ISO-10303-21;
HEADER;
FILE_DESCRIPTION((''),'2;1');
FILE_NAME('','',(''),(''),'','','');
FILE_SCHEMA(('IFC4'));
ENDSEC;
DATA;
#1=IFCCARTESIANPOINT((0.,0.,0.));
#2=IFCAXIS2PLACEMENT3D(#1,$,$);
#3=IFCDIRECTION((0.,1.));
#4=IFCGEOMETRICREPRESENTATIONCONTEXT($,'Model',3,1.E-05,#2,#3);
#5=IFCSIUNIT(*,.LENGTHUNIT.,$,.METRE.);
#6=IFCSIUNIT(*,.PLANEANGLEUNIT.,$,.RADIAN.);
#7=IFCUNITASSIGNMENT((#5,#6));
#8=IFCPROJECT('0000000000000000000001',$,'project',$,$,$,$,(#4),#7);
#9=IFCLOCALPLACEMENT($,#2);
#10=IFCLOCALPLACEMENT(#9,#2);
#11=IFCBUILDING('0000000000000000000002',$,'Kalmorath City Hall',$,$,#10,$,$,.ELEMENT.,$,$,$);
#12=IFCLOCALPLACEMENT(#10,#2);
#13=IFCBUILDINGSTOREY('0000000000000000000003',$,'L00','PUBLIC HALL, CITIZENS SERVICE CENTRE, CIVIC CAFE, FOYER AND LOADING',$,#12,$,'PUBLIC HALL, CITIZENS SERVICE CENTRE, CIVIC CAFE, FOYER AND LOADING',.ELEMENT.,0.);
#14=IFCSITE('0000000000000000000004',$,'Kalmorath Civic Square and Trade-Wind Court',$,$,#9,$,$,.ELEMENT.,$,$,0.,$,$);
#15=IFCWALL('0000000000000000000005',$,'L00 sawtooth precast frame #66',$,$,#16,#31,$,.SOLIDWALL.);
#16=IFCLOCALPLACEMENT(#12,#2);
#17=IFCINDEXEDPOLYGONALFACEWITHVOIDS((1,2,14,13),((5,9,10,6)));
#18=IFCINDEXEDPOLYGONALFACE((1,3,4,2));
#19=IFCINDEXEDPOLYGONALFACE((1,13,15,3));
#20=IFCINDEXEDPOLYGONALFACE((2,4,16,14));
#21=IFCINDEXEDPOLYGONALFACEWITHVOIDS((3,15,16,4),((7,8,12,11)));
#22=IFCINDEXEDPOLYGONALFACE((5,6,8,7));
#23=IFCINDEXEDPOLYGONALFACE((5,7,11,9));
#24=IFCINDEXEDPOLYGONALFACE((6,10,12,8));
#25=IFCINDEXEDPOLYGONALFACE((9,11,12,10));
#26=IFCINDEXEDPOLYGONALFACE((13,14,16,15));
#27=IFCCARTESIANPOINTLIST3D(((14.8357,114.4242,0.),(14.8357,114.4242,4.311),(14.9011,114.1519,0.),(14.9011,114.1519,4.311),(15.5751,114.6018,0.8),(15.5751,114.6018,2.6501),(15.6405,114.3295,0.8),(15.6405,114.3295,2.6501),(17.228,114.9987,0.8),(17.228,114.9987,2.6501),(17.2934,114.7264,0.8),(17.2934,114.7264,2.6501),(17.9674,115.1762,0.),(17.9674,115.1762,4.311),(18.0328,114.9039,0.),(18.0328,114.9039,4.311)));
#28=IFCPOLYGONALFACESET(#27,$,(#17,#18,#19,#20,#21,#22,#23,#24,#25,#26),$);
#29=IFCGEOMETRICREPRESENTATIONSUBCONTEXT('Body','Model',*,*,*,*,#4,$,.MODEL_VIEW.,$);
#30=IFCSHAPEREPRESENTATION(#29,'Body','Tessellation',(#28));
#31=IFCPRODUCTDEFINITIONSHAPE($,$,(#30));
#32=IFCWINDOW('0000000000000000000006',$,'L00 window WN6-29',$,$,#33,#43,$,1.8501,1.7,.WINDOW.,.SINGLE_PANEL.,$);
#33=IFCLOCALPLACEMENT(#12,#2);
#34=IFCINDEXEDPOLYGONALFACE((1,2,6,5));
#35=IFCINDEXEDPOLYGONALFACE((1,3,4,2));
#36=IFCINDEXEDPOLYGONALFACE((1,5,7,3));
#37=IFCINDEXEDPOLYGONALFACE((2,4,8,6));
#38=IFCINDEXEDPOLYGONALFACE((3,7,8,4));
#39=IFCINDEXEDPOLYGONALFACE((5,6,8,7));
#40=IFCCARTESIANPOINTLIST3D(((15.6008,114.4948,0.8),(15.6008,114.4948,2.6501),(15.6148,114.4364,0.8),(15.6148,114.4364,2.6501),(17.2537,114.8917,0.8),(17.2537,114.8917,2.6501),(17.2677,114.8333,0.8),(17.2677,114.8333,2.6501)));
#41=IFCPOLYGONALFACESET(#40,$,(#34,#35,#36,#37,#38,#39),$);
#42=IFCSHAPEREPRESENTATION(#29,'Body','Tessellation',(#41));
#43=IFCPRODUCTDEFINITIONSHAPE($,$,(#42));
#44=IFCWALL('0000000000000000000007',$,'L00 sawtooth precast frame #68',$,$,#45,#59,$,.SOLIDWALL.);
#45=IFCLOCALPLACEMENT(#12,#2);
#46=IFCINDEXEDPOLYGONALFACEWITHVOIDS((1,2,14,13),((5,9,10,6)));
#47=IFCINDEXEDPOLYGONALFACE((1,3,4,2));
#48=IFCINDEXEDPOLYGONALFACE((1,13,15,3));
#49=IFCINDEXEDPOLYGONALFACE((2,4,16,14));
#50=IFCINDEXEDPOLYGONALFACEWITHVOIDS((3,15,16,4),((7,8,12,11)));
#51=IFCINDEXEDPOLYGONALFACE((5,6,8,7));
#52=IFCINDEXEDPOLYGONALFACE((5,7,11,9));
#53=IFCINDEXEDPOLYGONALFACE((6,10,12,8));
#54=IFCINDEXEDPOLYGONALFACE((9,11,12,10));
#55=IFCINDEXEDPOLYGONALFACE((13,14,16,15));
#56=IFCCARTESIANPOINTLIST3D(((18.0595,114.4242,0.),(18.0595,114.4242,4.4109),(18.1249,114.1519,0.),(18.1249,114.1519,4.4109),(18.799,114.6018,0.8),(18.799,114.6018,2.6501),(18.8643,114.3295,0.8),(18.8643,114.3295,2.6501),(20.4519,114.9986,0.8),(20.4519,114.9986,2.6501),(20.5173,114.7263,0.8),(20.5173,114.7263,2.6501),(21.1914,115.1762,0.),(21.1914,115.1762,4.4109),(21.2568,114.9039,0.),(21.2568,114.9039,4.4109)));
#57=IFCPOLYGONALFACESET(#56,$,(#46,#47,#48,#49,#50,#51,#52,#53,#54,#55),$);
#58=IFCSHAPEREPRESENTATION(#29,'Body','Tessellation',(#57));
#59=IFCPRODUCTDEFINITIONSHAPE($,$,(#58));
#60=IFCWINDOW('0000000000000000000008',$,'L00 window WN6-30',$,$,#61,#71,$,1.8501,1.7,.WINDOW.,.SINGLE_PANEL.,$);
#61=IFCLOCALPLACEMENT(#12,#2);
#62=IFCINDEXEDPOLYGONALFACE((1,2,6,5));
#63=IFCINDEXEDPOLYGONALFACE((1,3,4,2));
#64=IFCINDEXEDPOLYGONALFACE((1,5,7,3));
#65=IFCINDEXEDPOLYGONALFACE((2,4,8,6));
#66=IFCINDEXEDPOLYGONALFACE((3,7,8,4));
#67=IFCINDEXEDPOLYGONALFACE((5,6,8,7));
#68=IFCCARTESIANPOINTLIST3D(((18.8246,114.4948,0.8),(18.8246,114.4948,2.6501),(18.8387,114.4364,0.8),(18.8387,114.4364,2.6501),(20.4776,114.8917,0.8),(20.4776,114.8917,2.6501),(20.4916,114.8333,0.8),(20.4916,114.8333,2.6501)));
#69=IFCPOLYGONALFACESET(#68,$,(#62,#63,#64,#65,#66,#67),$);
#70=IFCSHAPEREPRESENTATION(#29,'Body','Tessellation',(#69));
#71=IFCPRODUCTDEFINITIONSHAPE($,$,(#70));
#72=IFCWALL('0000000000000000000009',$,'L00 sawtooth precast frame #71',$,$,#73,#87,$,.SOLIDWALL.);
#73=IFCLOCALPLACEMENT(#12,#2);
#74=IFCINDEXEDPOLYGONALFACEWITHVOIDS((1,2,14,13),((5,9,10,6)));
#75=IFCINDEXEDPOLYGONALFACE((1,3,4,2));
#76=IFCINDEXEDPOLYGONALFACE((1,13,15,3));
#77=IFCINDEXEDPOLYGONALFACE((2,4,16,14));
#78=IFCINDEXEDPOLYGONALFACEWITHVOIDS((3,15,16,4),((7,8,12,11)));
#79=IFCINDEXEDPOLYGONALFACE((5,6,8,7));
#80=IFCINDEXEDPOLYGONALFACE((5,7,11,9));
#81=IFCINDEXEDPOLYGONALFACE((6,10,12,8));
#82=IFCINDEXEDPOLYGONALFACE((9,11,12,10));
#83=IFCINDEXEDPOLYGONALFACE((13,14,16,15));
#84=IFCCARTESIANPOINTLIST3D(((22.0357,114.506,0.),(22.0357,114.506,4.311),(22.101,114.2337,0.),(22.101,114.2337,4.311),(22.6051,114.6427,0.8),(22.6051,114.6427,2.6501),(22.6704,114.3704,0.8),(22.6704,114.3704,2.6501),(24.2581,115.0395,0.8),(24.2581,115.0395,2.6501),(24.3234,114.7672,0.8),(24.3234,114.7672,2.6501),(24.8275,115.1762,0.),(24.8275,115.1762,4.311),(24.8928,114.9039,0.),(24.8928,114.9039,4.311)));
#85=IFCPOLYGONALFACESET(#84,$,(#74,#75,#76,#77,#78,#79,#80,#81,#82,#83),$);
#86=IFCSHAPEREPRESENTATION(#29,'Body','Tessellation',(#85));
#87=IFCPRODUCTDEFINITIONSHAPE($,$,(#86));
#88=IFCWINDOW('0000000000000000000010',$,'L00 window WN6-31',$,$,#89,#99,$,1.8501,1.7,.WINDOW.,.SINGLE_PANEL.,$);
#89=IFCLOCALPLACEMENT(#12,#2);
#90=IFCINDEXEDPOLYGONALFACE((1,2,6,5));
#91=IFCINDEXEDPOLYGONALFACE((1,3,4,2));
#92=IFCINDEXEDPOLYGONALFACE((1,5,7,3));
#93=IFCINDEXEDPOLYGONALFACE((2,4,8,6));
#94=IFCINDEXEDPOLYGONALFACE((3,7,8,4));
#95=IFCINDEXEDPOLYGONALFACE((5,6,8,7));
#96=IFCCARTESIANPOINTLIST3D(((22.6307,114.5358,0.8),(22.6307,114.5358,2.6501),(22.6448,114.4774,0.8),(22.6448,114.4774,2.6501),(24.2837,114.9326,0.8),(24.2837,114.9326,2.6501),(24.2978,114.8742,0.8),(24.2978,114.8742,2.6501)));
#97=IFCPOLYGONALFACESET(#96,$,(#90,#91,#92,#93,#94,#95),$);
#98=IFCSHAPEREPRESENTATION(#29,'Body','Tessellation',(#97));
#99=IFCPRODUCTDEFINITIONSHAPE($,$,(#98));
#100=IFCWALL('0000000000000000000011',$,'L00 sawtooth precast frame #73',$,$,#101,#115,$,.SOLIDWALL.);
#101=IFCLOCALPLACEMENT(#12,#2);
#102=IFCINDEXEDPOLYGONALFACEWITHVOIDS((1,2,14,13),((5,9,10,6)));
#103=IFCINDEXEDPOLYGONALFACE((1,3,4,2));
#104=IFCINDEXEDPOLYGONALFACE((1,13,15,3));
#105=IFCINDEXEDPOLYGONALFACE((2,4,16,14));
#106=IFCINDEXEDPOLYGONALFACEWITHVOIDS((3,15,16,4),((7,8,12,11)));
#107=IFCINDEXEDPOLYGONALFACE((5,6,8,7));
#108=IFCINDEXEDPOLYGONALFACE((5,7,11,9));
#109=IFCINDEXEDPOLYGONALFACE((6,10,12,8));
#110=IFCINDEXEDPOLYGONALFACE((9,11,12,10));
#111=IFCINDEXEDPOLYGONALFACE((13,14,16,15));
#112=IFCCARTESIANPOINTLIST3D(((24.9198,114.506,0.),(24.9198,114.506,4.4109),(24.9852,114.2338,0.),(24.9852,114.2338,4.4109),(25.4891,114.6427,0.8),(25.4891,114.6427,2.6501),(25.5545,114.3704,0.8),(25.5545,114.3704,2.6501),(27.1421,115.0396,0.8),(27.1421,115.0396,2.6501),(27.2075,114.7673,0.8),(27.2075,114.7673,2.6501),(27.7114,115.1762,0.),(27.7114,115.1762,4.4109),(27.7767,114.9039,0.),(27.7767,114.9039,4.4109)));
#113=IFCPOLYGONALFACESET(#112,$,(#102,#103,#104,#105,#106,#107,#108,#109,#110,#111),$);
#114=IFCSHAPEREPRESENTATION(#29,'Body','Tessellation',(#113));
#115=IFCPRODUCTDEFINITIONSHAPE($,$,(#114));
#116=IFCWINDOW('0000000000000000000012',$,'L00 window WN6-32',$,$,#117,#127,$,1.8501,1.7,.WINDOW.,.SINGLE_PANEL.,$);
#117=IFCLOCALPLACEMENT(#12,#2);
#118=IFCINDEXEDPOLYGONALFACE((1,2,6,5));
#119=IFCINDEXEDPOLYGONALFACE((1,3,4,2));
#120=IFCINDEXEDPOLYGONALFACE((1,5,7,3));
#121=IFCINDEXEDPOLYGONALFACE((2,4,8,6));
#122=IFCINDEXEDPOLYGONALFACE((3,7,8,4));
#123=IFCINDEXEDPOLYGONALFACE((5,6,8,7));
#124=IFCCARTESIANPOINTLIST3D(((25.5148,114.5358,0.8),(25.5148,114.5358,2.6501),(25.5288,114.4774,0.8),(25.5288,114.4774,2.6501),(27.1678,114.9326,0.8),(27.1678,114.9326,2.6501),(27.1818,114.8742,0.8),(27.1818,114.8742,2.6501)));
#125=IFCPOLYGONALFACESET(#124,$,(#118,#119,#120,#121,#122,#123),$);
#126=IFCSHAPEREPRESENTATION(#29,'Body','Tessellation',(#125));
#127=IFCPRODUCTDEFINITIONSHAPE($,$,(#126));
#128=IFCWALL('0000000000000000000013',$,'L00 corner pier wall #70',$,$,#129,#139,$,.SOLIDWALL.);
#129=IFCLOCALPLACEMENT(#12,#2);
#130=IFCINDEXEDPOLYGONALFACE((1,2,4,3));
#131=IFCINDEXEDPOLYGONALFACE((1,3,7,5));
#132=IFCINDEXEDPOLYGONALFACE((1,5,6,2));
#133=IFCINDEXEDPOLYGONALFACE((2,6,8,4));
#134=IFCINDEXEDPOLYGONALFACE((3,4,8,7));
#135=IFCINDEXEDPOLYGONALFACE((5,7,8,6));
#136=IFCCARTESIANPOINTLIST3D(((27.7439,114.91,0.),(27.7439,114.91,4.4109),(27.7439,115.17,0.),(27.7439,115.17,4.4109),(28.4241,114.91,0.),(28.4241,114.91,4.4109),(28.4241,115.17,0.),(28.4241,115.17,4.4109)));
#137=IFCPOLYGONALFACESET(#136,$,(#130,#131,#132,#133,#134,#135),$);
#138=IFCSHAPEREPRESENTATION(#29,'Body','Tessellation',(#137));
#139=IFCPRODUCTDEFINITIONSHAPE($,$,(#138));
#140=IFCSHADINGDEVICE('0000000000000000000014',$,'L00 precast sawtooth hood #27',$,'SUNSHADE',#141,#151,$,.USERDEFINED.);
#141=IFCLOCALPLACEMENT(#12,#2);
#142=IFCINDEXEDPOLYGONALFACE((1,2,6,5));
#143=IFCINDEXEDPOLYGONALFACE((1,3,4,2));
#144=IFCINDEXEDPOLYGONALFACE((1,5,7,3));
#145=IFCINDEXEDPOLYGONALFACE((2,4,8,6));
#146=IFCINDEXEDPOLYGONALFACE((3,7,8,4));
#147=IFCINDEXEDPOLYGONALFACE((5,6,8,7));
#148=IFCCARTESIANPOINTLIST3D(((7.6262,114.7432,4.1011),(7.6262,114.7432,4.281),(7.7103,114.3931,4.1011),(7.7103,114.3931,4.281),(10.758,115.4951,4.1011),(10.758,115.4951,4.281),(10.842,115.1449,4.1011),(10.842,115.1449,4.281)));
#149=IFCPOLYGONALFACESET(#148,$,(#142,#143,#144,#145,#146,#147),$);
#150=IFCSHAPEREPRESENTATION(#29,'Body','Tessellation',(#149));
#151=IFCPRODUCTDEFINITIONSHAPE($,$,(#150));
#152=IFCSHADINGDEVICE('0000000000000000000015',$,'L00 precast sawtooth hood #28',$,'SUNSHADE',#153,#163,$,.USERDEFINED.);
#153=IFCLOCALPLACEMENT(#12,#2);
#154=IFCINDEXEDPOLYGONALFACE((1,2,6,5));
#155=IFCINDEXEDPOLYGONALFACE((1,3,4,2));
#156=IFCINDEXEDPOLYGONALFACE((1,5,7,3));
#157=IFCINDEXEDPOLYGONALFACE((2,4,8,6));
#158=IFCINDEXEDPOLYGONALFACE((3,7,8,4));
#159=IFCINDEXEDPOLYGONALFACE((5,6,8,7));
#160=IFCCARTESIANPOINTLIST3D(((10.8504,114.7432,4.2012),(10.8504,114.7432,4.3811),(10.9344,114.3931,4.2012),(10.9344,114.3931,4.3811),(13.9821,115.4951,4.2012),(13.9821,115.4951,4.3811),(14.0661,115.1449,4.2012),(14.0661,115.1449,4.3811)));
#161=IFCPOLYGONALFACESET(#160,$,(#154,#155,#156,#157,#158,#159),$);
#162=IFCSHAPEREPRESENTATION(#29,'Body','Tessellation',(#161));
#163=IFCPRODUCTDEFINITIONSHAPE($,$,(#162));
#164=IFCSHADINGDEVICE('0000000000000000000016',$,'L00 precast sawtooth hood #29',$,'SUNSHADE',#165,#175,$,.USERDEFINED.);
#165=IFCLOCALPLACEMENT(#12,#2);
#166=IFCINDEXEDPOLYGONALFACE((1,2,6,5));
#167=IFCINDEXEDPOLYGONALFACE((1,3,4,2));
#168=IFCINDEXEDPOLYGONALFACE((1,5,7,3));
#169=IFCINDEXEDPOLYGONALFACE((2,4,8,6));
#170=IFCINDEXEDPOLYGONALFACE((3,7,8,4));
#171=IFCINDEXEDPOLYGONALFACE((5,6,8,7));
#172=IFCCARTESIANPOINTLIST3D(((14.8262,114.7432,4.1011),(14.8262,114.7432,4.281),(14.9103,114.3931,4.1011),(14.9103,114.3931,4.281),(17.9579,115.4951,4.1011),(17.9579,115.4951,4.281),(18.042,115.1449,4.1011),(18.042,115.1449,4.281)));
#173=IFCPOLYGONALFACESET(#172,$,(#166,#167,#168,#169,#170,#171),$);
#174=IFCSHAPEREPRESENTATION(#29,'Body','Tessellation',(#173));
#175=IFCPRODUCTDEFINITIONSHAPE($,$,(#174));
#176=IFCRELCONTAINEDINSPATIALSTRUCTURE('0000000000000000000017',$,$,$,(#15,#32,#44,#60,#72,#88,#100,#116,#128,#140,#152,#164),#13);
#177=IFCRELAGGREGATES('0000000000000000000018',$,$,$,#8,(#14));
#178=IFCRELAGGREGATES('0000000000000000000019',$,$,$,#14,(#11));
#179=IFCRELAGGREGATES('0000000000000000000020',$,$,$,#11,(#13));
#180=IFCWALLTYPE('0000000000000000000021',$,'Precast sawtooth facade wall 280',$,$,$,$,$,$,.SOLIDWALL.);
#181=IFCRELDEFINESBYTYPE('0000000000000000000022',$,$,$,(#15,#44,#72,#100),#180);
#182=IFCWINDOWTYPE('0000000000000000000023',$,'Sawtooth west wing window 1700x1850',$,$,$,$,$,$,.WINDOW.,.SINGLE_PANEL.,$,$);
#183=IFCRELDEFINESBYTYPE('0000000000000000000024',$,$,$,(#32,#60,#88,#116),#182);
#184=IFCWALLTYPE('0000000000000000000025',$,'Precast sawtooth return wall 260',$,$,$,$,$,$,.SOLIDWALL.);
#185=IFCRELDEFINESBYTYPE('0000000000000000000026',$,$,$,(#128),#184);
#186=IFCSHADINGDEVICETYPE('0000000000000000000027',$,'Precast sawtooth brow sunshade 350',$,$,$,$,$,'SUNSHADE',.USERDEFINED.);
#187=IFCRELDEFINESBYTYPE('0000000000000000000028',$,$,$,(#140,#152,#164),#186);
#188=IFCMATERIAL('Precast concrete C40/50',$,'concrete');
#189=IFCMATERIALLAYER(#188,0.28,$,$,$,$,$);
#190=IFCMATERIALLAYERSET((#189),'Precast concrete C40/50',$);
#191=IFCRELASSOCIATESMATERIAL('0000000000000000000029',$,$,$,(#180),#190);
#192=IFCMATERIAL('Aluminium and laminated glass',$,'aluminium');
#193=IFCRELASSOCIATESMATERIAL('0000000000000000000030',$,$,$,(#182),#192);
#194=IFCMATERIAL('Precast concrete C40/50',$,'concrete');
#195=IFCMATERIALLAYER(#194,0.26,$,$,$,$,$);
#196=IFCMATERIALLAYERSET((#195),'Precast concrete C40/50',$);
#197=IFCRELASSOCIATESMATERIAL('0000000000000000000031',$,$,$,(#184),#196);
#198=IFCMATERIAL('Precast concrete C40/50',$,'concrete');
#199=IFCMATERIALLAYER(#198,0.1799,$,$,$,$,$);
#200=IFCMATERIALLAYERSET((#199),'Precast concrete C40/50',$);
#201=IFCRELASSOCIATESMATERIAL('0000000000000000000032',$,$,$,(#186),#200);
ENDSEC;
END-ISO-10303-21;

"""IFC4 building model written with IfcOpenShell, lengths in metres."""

from ifc_helpers import new_model, si_unit, direction, frame, frame_2d, origin, origin_2d, place, context, subcontext, project, spatial, rectangle, extrude, material, layer, layer_set, type_object, element, fill, save


model = new_model("IFC4")

# Units and contexts
model_context = context("Model", 3, precision=1e-05, world=origin(), true_north=direction((0.0, 1.0)))
body_context = subcontext(model_context, "Body", "Model", "MODEL_VIEW")
ifc_project = project(units=[si_unit("LENGTHUNIT", "METRE"), si_unit("PLANEANGLEUNIT", "RADIAN")], contexts=[model_context])

# Site, building, storey
site_placement = place(None, origin())
site = spatial("IfcSite", under=ifc_project, at=site_placement, Name="Kalmorath Civic Square and Trade-Wind Court", CompositionType="ELEMENT", RefElevation=0.0)
building_placement = place(site_placement, origin())
building = spatial("IfcBuilding", under=site, at=building_placement, Name="Kalmorath City Hall", CompositionType="ELEMENT")
storey_placement = place(building_placement, origin())
storey = spatial("IfcBuildingStorey", under=building, at=storey_placement, Name="L00", Description="PUBLIC HALL, CITIZENS SERVICE CENTRE, CIVIC CAFE, FOYER AND LOADING", LongName="PUBLIC HALL, CITIZENS SERVICE CENTRE, CIVIC CAFE, FOYER AND LOADING", CompositionType="ELEMENT", Elevation=0.0)

# Walls, openings, windows
ifc_material_1 = material(Name="Precast concrete C40/50", Category="concrete")
ifc_layer_1 = layer(ifc_material_1, 0.28)
ifc_layer_set_1 = layer_set([ifc_layer_1], Name="Precast concrete C40/50")
wall_type_1 = type_object("IfcWallType", Name="Precast sawtooth facade wall 280", PredefinedType="SOLIDWALL", material=ifc_layer_set_1)
wall_1_placement = place(storey_placement, frame((14.8684, 114.2881, 0.0), z_axis=(0.0, 0.0, 1.0), x_axis=(0.972361, 0.233482, 0.0)))
wall_1 = element("IfcWall", 1, at=wall_1_placement, inside=storey, type_object=wall_type_1, Name="L00 sawtooth precast frame #66", PredefinedType="SOLIDWALL", context=body_context, shape_type="SweptSolid", body=[
    extrude(rectangle(XDim=3.2207, YDim=0.28, at=frame_2d((1.6104, 0.0))), origin(), (0.0, 0.0, 1.0), 4.311),
])
opening_1_placement = place(wall_1_placement, frame((0.7603, 0.0, 0.8)))
opening_1 = element("IfcOpeningElement", 2, at=opening_1_placement, cuts=wall_1, PredefinedType="OPENING", context=body_context, shape_type="SweptSolid", body=[
    extrude(rectangle(XDim=1.7, YDim=1.8501, at=frame_2d((0.8501, 0.925))), frame((0.0, 0.1499, 0.0), z_axis=(0.0, -1.0, 0.0), x_axis=(1.0, 0.0, 0.0)), (0.0, 0.0, 1.0), 0.3),
])
ifc_material_2 = material(Name="Aluminium and laminated glass", Category="aluminium")
window_type_1 = type_object("IfcWindowType", Name="Sawtooth west wing window 1700x1850", PartitioningType="SINGLE_PANEL", PredefinedType="WINDOW", material=ifc_material_2)
window_1_placement = place(opening_1_placement, origin())
window_1 = element("IfcWindow", 3, at=window_1_placement, inside=storey, type_object=window_type_1, Name="L00 window WN6-29", OverallHeight=1.8501, OverallWidth=1.7, PartitioningType="SINGLE_PANEL", PredefinedType="WINDOW", context=body_context, shape_type="SweptSolid", body=[
    extrude(rectangle(XDim=1.7, YDim=1.8501, at=frame_2d((0.8501, 0.925))), frame((0.0, 0.03, 0.0), z_axis=(0.0, -1.0, 0.0), x_axis=(1.0, 0.0, 0.0)), (0.0, 0.0, 1.0), 0.0601),
])
fill(opening_1, window_1)
wall_2_placement = place(storey_placement, frame((18.0923, 114.2881, 0.0), z_axis=(0.0, 0.0, 1.0), x_axis=(0.972365, 0.233465, 0.0)))
wall_2 = element("IfcWall", 4, at=wall_2_placement, inside=storey, type_object=wall_type_1, Name="L00 sawtooth precast frame #68", PredefinedType="SOLIDWALL", context=body_context, shape_type="SweptSolid", body=[
    extrude(rectangle(XDim=3.2209, YDim=0.28, at=frame_2d((1.6104, 0.0))), origin(), (0.0, 0.0, 1.0), 4.4109),
])
opening_2_placement = place(wall_2_placement, frame((0.7603, 0.0, 0.8)))
opening_2 = element("IfcOpeningElement", 5, at=opening_2_placement, cuts=wall_2, PredefinedType="OPENING", context=body_context, shape_type="SweptSolid", body=[
    extrude(rectangle(XDim=1.7, YDim=1.8501, at=frame_2d((0.8501, 0.925))), frame((0.0, 0.1499, 0.0), z_axis=(0.0, -1.0, 0.0), x_axis=(1.0, 0.0, 0.0)), (0.0, 0.0, 1.0), 0.3),
])
window_2_placement = place(opening_2_placement, origin())
window_2 = element("IfcWindow", 6, at=window_2_placement, inside=storey, type_object=window_type_1, Name="L00 window WN6-30", OverallHeight=1.8501, OverallWidth=1.7, PartitioningType="SINGLE_PANEL", PredefinedType="WINDOW", context=body_context, shape_type="SweptSolid", body=[
    extrude(rectangle(XDim=1.7, YDim=1.8501, at=frame_2d((0.8501, 0.925))), frame((0.0, 0.03, 0.0), z_axis=(0.0, -1.0, 0.0), x_axis=(1.0, 0.0, 0.0)), (0.0, 0.0, 1.0), 0.0601),
])
fill(opening_2, window_2)
wall_3_placement = place(storey_placement, frame((22.0684, 114.3699, 0.0), z_axis=(0.0, 0.0, 1.0), x_axis=(0.972376, 0.233421, 0.0)))
wall_3 = element("IfcWall", 7, at=wall_3_placement, inside=storey, type_object=wall_type_1, Name="L00 sawtooth precast frame #71", PredefinedType="SOLIDWALL", context=body_context, shape_type="SweptSolid", body=[
    extrude(rectangle(XDim=2.8711, YDim=0.28, at=frame_2d((1.4355, 0.0))), origin(), (0.0, 0.0, 1.0), 4.311),
])
opening_3_placement = place(wall_3_placement, frame((0.5854, 0.0, 0.8)))
opening_3 = element("IfcOpeningElement", 8, at=opening_3_placement, cuts=wall_3, PredefinedType="OPENING", context=body_context, shape_type="SweptSolid", body=[
    extrude(rectangle(XDim=1.7, YDim=1.8501, at=frame_2d((0.8501, 0.925))), frame((0.0, 0.1499, 0.0), z_axis=(0.0, -1.0, 0.0), x_axis=(1.0, 0.0, 0.0)), (0.0, 0.0, 1.0), 0.3),
])
window_3_placement = place(opening_3_placement, origin())
window_3 = element("IfcWindow", 9, at=window_3_placement, inside=storey, type_object=window_type_1, Name="L00 window WN6-31", OverallHeight=1.8501, OverallWidth=1.7, PartitioningType="SINGLE_PANEL", PredefinedType="WINDOW", context=body_context, shape_type="SweptSolid", body=[
    extrude(rectangle(XDim=1.7, YDim=1.8501, at=frame_2d((0.8501, 0.925))), frame((0.0, 0.03, 0.0), z_axis=(0.0, -1.0, 0.0), x_axis=(1.0, 0.0, 0.0)), (0.0, 0.0, 1.0), 0.0601),
])
fill(opening_3, window_3)
wall_4_placement = place(storey_placement, frame((24.9524, 114.3699, 0.0), z_axis=(0.0, 0.0, 1.0), x_axis=(0.972371, 0.23344, 0.0)))
wall_4 = element("IfcWall", 10, at=wall_4_placement, inside=storey, type_object=wall_type_1, Name="L00 sawtooth precast frame #73", PredefinedType="SOLIDWALL", context=body_context, shape_type="SweptSolid", body=[
    extrude(rectangle(XDim=2.8708, YDim=0.28, at=frame_2d((1.4355, 0.0))), origin(), (0.0, 0.0, 1.0), 4.4109),
])
opening_4_placement = place(wall_4_placement, frame((0.5854, 0.0, 0.8)))
opening_4 = element("IfcOpeningElement", 11, at=opening_4_placement, cuts=wall_4, PredefinedType="OPENING", context=body_context, shape_type="SweptSolid", body=[
    extrude(rectangle(XDim=1.7, YDim=1.8501, at=frame_2d((0.8501, 0.925))), frame((0.0, 0.1499, 0.0), z_axis=(0.0, -1.0, 0.0), x_axis=(1.0, 0.0, 0.0)), (0.0, 0.0, 1.0), 0.3),
])
window_4_placement = place(opening_4_placement, origin())
window_4 = element("IfcWindow", 12, at=window_4_placement, inside=storey, type_object=window_type_1, Name="L00 window WN6-32", OverallHeight=1.8501, OverallWidth=1.7, PartitioningType="SINGLE_PANEL", PredefinedType="WINDOW", context=body_context, shape_type="SweptSolid", body=[
    extrude(rectangle(XDim=1.7, YDim=1.8501, at=frame_2d((0.8501, 0.925))), frame((0.0, 0.03, 0.0), z_axis=(0.0, -1.0, 0.0), x_axis=(1.0, 0.0, 0.0)), (0.0, 0.0, 1.0), 0.0601),
])
fill(opening_4, window_4)

# Wall
ifc_material_3 = material(Name="Precast concrete C40/50", Category="concrete")
ifc_layer_2 = layer(ifc_material_3, 0.26)
ifc_layer_set_2 = layer_set([ifc_layer_2], Name="Precast concrete C40/50")
wall_type_2 = type_object("IfcWallType", Name="Precast sawtooth return wall 260", PredefinedType="SOLIDWALL", material=ifc_layer_set_2)
wall_5_placement = place(storey_placement, frame((27.7439, 115.04, 0.0), z_axis=(0.0, 0.0, 1.0), x_axis=(1.0, 0.0, 0.0)))
element("IfcWall", 13, at=wall_5_placement, inside=storey, type_object=wall_type_2, Name="L00 corner pier wall #70", PredefinedType="SOLIDWALL", context=body_context, shape_type="SweptSolid", body=[
    extrude(rectangle(XDim=0.6802, YDim=0.26, at=frame_2d((0.3401, 0.0))), origin(), (0.0, 0.0, 1.0), 4.4109),
])

# Shading devices
ifc_material_4 = material(Name="Precast concrete C40/50", Category="concrete")
ifc_layer_3 = layer(ifc_material_4, 0.1799)
ifc_layer_set_3 = layer_set([ifc_layer_3], Name="Precast concrete C40/50")
shading_device_type = type_object("IfcShadingDeviceType", Name="Precast sawtooth brow sunshade 350", ElementType="SUNSHADE", PredefinedType="USERDEFINED", material=ifc_layer_set_3)
for number, where, z_axis, x_axis, name in (
    (14, (9.2341, 114.9441, 4.1011), (0.0, 0.0, 1.0), (0.97237, 0.233445, 0.0), "L00 precast sawtooth hood #27"),
    (15, (12.4583, 114.9441, 4.2012), (0.0, 0.0, 1.0), (0.97237, 0.233445, 0.0), "L00 precast sawtooth hood #28"),
    (16, (16.4341, 114.9441, 4.1011), (0.0, 0.0, 1.0), (0.97237, 0.233445, 0.0), "L00 precast sawtooth hood #29"),
):
    element("IfcShadingDevice", number, at=place(storey_placement, frame(where, z_axis=z_axis, x_axis=x_axis)), inside=storey, type_object=shading_device_type, Name=name, ObjectType="SUNSHADE", PredefinedType="USERDEFINED", context=body_context, shape_type="SweptSolid", body=[
        extrude(rectangle(XDim=3.2207, YDim=0.3601, at=origin_2d()), origin(), (0.0, 0.0, 1.0), 0.1799),
    ])

save(model, "model.ifc")
